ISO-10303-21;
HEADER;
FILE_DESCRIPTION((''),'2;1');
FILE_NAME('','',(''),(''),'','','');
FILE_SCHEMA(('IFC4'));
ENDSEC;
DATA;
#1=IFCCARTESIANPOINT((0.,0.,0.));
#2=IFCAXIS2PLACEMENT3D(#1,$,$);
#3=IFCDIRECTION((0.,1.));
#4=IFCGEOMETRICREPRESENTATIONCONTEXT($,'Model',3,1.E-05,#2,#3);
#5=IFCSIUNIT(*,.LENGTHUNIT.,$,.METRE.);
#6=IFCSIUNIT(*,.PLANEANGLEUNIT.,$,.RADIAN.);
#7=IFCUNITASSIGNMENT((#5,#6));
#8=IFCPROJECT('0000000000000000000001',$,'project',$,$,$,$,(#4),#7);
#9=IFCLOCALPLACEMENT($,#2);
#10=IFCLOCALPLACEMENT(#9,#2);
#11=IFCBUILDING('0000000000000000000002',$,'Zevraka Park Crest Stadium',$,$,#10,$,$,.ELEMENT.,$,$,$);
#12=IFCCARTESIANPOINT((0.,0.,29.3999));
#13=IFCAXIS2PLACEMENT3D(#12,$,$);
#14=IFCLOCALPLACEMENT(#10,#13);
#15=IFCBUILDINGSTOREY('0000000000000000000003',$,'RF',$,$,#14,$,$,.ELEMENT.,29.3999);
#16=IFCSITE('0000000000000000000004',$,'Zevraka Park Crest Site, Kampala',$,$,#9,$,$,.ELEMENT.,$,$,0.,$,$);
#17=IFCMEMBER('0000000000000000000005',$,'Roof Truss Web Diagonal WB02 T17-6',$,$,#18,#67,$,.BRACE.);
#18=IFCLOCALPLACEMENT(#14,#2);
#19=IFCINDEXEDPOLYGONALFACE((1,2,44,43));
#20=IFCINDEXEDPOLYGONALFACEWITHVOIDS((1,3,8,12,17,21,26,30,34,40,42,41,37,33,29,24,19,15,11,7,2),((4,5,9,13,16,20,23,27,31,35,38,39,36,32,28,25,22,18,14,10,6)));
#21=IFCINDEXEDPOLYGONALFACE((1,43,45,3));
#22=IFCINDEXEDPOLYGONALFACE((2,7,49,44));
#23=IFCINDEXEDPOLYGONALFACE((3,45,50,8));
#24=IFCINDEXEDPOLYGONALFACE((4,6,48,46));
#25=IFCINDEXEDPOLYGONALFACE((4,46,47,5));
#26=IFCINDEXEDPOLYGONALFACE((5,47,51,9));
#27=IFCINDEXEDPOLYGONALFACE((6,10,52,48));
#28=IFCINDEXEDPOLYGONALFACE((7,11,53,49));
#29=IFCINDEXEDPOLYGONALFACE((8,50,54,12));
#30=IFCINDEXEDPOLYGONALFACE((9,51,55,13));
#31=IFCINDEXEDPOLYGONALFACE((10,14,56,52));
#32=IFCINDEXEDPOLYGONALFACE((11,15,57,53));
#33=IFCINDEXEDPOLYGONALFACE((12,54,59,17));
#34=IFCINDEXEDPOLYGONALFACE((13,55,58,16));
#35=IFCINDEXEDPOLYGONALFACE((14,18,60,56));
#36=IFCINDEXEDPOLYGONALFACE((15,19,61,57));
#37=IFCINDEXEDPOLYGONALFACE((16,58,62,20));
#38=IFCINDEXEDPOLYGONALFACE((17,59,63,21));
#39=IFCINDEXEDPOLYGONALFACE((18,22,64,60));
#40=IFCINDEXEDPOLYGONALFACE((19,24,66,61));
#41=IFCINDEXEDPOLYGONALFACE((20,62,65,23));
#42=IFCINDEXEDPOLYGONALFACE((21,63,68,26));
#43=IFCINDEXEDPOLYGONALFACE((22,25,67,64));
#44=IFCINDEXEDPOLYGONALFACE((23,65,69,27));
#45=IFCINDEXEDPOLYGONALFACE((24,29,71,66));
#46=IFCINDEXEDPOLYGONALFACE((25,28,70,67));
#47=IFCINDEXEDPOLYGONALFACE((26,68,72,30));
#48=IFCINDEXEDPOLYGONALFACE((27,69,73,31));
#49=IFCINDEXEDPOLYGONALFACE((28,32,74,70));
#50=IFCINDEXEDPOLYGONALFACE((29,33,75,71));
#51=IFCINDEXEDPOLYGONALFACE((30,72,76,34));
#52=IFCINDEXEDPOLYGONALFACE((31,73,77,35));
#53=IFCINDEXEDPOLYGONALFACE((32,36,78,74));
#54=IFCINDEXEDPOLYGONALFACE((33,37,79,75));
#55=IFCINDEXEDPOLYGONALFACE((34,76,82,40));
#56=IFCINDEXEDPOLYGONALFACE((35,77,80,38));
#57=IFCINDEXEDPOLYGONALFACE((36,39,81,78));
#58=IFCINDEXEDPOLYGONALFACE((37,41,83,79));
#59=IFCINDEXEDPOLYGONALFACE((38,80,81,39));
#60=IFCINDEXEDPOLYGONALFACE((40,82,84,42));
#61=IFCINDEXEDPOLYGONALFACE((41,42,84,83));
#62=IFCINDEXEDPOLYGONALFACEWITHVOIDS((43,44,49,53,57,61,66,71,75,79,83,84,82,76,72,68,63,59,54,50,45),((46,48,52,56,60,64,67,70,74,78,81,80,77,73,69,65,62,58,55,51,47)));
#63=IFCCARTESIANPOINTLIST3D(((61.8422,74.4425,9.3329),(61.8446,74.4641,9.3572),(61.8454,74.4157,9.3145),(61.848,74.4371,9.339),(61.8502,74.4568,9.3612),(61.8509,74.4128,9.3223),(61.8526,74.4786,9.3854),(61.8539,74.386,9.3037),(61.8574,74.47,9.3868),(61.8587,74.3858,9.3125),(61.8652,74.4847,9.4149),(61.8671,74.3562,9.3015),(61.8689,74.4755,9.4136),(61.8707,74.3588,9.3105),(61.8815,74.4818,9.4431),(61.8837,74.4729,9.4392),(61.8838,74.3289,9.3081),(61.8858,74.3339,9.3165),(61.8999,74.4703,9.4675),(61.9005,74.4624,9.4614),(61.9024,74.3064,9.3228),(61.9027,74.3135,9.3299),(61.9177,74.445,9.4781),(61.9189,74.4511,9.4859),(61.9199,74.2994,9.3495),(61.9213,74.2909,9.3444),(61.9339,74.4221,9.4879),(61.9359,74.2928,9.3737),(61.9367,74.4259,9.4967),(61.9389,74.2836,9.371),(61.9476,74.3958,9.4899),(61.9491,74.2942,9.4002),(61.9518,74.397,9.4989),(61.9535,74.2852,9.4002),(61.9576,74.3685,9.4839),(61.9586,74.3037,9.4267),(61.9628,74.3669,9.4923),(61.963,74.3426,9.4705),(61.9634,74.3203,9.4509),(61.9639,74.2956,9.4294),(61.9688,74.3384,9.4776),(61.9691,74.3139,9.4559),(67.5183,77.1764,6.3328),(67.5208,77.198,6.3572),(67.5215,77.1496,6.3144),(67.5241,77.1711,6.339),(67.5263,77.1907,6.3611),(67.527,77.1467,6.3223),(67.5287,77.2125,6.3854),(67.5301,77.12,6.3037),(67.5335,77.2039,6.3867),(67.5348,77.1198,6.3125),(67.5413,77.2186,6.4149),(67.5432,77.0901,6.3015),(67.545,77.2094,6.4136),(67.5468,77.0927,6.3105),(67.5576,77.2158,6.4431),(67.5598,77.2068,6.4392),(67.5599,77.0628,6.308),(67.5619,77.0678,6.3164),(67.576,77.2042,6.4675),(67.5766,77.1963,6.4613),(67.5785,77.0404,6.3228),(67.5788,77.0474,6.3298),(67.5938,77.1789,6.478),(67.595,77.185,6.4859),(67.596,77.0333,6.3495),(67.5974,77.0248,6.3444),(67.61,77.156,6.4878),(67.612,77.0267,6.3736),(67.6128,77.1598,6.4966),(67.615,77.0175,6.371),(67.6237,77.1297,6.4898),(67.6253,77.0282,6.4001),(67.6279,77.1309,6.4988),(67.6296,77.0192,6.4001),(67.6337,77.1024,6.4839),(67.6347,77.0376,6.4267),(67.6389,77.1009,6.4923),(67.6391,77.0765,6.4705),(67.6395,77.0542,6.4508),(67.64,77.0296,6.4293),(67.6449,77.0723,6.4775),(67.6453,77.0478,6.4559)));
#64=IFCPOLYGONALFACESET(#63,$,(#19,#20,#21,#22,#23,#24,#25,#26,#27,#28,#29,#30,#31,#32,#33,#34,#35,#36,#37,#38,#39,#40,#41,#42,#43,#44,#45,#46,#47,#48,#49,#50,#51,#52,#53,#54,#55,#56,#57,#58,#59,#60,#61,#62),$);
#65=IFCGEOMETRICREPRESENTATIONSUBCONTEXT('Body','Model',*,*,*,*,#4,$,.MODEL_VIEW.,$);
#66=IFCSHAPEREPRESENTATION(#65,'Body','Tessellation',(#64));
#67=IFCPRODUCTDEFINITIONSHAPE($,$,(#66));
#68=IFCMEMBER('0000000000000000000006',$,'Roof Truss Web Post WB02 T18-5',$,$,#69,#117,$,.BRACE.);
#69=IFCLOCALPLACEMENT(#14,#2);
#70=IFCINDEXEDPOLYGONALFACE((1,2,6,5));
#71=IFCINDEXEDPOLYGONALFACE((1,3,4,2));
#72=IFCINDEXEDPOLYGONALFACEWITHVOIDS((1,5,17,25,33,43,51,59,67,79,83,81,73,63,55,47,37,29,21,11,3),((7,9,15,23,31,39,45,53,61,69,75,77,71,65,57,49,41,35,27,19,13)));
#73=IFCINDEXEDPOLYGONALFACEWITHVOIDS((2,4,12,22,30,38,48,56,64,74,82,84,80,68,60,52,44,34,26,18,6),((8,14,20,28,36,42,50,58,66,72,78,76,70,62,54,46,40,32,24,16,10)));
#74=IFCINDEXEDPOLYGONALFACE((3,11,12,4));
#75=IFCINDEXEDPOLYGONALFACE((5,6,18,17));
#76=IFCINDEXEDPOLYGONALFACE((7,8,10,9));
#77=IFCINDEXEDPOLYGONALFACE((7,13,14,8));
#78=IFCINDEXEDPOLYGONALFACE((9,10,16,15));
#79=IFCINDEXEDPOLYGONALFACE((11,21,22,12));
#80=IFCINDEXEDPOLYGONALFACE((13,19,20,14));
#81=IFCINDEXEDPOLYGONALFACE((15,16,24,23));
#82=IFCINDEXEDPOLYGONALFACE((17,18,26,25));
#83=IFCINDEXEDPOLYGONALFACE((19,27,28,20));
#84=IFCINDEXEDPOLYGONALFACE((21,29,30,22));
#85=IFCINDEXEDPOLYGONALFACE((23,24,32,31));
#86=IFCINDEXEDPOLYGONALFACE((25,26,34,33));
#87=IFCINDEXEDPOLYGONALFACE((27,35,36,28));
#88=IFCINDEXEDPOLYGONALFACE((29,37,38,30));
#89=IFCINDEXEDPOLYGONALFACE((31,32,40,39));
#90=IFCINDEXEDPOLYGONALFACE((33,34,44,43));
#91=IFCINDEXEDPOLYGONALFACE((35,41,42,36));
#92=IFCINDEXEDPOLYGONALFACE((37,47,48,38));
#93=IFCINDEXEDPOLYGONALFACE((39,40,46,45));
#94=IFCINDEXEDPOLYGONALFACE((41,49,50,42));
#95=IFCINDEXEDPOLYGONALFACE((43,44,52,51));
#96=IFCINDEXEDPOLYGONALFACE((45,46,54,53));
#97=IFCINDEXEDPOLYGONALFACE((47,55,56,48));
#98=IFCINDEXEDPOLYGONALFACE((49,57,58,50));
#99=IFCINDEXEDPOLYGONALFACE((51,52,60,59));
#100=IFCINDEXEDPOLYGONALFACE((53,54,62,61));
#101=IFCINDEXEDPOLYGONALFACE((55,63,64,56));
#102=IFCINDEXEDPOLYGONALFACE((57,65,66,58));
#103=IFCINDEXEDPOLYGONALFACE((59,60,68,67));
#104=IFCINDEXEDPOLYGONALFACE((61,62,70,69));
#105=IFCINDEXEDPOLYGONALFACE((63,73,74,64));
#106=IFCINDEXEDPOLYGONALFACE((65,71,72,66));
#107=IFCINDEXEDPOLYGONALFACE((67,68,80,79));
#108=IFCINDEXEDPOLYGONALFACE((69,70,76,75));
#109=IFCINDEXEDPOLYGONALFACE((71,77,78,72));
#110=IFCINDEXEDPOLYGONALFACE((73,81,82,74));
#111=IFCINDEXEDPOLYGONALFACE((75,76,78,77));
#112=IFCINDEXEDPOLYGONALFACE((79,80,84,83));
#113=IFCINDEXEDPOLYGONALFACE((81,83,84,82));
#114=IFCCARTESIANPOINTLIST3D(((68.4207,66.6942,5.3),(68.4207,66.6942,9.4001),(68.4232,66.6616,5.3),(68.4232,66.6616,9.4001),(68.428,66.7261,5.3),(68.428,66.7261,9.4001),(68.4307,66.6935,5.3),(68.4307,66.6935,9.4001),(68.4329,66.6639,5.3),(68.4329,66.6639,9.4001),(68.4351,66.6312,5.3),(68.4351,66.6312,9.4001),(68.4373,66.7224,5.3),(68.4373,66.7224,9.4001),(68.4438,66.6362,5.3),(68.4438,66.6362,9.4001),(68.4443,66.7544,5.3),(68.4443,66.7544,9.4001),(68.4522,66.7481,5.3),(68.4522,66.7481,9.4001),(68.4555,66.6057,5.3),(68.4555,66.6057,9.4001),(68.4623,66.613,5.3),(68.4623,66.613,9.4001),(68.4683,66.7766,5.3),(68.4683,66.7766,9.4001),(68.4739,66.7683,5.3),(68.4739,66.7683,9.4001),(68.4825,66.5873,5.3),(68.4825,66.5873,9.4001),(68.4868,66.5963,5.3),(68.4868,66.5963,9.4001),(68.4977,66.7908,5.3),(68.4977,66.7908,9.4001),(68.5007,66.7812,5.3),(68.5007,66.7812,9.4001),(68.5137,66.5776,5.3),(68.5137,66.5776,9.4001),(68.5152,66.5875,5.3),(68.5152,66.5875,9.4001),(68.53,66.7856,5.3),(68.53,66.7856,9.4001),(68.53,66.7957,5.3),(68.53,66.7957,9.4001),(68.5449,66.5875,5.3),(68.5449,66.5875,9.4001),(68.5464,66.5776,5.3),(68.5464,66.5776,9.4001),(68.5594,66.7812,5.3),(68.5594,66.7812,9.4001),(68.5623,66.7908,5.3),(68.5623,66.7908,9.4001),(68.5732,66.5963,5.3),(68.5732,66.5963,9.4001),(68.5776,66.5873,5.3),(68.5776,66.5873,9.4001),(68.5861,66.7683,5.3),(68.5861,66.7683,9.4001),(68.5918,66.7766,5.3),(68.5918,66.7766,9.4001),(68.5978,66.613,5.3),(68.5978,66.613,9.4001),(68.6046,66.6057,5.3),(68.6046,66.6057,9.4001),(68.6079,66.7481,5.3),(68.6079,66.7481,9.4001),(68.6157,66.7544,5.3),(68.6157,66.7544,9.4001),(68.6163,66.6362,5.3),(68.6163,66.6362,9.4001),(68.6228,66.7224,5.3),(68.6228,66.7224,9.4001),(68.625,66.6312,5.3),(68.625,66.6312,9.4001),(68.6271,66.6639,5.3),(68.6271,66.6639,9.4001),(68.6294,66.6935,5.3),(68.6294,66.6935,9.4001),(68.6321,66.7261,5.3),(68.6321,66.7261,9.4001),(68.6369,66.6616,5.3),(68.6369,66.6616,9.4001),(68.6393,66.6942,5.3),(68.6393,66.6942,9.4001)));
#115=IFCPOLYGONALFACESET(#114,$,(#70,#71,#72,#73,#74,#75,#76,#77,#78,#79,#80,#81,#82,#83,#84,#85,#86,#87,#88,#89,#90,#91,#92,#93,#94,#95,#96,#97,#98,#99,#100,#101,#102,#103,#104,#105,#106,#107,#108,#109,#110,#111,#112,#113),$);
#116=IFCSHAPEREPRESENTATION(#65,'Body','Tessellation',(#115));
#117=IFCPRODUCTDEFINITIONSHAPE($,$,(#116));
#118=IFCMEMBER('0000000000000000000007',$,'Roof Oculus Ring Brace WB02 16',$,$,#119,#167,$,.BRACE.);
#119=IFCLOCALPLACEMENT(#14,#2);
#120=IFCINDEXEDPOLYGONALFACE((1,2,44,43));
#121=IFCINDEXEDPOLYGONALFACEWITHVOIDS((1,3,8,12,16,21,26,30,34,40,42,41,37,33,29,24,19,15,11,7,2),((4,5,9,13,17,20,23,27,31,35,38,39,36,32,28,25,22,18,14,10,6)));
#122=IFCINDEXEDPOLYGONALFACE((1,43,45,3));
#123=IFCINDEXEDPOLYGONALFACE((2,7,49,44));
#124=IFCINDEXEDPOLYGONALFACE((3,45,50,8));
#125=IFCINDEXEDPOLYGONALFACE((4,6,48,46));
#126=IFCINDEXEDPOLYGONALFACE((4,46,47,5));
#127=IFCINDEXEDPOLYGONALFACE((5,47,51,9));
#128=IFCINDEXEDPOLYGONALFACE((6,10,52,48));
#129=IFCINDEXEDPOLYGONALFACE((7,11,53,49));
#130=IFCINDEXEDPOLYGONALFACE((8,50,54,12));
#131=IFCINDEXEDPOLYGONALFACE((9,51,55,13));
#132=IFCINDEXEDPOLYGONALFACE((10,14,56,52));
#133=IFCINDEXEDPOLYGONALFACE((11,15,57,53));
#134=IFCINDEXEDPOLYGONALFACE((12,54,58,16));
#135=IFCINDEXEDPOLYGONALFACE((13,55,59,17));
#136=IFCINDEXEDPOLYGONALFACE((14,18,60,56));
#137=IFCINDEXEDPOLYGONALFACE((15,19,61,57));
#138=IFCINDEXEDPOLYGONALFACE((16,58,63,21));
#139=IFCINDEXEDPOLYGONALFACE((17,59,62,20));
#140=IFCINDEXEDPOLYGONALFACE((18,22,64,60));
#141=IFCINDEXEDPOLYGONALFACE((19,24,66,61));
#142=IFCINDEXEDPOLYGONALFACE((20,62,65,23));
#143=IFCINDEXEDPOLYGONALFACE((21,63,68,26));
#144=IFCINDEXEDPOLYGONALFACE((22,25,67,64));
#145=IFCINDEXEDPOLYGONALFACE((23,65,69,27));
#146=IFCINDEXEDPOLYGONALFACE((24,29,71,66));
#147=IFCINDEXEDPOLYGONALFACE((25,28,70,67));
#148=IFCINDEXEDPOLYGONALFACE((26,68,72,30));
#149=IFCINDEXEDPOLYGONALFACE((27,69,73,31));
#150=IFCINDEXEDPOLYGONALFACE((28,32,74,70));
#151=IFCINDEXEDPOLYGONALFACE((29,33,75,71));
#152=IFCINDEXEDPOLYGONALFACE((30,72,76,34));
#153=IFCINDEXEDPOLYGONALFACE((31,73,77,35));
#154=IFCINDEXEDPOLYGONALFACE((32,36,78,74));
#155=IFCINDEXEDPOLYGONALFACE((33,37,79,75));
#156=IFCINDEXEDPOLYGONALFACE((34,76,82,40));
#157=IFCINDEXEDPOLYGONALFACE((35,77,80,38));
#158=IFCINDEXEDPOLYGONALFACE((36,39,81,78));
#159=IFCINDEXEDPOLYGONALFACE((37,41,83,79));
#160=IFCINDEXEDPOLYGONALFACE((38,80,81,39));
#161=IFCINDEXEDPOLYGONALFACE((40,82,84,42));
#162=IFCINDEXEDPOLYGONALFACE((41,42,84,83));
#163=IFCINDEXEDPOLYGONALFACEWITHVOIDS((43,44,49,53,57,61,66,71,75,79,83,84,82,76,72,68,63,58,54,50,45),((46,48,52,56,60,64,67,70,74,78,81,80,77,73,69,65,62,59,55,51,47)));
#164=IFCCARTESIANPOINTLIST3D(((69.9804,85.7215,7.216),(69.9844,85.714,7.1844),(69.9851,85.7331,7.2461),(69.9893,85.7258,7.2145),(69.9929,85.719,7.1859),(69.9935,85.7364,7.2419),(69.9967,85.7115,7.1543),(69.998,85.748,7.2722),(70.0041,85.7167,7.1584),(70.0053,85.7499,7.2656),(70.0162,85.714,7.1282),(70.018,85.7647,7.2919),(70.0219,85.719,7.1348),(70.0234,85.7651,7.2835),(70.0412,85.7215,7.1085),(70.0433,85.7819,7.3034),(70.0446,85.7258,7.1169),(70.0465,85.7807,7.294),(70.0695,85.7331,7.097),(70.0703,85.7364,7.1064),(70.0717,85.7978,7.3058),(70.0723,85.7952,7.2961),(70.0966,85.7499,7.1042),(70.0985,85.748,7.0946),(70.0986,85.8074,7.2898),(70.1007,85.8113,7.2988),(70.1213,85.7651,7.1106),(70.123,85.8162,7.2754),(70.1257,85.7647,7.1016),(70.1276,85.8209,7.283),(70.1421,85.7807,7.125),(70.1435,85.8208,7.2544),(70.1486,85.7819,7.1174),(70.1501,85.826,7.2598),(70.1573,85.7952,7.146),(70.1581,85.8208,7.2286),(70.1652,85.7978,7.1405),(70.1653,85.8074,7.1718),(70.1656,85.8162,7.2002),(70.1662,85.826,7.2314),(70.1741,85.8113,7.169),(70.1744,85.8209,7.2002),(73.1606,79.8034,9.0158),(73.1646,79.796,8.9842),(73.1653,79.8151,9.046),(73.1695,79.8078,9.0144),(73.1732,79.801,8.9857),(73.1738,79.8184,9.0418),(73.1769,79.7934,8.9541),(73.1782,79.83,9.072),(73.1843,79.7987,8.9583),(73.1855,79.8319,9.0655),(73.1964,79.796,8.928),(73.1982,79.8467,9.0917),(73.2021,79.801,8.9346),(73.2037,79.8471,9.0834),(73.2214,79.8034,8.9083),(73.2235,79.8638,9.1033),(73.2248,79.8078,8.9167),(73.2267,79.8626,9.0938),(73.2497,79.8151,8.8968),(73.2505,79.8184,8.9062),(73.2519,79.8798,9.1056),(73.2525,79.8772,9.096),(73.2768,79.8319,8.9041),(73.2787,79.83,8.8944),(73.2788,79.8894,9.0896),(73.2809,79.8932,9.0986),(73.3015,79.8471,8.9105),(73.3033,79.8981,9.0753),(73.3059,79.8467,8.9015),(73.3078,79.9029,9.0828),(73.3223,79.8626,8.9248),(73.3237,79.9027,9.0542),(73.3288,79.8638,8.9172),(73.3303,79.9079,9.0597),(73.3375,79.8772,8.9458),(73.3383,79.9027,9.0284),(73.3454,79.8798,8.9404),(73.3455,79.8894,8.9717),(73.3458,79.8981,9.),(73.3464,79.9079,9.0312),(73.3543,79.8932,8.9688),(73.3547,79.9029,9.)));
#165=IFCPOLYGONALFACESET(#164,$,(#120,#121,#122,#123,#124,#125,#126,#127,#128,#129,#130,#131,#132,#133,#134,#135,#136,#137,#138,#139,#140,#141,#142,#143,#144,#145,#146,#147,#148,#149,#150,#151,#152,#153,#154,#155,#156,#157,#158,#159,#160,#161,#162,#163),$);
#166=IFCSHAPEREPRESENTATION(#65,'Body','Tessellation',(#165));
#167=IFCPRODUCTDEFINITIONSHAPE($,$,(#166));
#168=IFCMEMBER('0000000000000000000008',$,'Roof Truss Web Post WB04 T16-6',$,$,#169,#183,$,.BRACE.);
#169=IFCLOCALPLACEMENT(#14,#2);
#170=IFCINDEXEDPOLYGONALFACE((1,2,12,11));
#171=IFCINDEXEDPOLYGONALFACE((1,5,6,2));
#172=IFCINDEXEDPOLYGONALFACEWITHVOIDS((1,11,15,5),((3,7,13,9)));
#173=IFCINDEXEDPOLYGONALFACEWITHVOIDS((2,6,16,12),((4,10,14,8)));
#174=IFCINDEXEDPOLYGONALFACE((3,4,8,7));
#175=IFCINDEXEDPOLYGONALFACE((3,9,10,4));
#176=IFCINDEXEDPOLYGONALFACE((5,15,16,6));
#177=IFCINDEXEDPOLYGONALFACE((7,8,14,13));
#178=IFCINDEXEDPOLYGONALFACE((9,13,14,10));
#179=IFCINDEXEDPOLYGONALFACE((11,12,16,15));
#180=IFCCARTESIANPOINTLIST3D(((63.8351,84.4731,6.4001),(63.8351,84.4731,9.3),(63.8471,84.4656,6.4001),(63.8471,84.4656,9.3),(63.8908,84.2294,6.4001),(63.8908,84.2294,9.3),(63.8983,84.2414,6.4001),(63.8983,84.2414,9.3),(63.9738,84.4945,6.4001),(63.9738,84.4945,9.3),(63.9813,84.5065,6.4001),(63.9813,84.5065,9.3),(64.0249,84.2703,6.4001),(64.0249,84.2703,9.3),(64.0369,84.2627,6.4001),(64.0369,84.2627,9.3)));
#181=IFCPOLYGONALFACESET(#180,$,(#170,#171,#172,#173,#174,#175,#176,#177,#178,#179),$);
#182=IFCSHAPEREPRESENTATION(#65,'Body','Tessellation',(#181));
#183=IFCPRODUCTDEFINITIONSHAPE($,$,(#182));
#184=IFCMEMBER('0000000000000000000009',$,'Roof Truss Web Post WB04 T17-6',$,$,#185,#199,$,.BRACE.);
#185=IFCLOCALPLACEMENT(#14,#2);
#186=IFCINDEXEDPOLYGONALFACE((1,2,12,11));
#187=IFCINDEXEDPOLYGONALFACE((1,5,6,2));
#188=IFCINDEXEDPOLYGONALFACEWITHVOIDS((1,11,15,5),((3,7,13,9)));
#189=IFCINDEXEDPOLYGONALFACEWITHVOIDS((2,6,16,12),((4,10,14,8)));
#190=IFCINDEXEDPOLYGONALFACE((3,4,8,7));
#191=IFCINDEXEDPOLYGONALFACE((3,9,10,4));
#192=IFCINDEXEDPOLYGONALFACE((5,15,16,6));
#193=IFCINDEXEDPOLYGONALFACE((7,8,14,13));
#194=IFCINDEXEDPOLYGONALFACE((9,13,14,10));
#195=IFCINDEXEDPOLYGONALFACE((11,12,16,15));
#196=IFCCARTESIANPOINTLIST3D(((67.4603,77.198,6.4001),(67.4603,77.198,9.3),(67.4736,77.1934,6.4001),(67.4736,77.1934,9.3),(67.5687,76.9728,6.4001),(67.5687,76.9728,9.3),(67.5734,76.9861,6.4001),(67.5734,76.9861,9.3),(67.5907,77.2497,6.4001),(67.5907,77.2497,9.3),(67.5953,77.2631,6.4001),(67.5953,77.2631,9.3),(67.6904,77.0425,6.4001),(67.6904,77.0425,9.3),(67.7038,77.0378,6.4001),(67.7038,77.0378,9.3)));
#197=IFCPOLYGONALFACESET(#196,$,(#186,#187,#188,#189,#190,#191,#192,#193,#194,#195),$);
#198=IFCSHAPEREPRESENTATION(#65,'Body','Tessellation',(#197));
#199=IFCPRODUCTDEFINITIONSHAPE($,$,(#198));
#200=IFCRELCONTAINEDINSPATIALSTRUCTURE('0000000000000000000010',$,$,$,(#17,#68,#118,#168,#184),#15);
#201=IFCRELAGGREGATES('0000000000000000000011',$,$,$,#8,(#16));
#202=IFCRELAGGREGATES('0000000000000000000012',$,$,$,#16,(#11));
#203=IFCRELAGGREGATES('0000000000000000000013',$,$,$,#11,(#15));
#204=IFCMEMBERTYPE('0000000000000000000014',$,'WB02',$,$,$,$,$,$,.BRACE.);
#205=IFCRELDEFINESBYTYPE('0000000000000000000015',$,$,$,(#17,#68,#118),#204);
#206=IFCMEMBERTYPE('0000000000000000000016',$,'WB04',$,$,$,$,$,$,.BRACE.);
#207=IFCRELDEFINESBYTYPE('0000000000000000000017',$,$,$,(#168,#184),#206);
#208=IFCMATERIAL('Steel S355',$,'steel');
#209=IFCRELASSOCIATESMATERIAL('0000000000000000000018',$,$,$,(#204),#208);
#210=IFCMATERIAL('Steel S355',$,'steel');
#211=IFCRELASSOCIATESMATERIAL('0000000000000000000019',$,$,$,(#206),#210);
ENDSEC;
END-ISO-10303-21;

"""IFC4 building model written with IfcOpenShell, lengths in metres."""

from ifc_helpers import new_model, si_unit, direction, frame, origin, origin_2d, place, context, subcontext, project, spatial, hollow_rectangle, hollow_circle, extrude, material, material_profile, profile_set, type_object, element, save


model = new_model("IFC4")

# Units and contexts
model_context = context("Model", 3, precision=1e-05, world=origin(), true_north=direction((0.0, 1.0)))
body_context = subcontext(model_context, "Body", "Model", "MODEL_VIEW")
ifc_project = project(units=[si_unit("LENGTHUNIT", "METRE"), si_unit("PLANEANGLEUNIT", "RADIAN")], contexts=[model_context])

# Site, building, storey
site_placement = place(None, origin())
site = spatial("IfcSite", under=ifc_project, at=site_placement, Name="Zevraka Park Crest Site, Kampala", CompositionType="ELEMENT", RefElevation=0.0)
building_placement = place(site_placement, origin())
building = spatial("IfcBuilding", under=site, at=building_placement, Name="Zevraka Park Crest Stadium", CompositionType="ELEMENT")
storey_placement = place(building_placement, frame((0.0, 0.0, 29.3999)))
storey = spatial("IfcBuildingStorey", under=building, at=storey_placement, Name="RF", CompositionType="ELEMENT", Elevation=29.3999)

# Members
ifc_material_1 = material(Name="Steel S355", Category="steel")
ifc_material_profile_1 = material_profile(ifc_material_1, hollow_circle(Radius=0.1096, WallThickness=0.01, at=origin_2d()), Name="CHS 219.1x10")
ifc_profile_set_1 = profile_set([ifc_material_profile_1], Name="Steel S355")
member_type_1 = type_object("IfcMemberType", Name="WB02", PredefinedType="BRACE", material=ifc_profile_set_1)
member_1_placement = place(storey_placement, frame((67.582, 77.1179, 6.4001), z_axis=(-0.813426, -0.391791, 0.429927), x_axis=(0.433943, -0.900941, 0.0)))
element("IfcMember", 1, at=member_1_placement, inside=storey, type_object=member_type_1, Name="Roof Truss Web Diagonal WB02 T17-6", PredefinedType="BRACE", context=body_context, shape_type="SweptSolid", body=[
    extrude(hollow_circle(Radius=0.1096, WallThickness=0.01, at=origin_2d()), origin(), (0.0, 0.0, 1.0), 6.978),
])
member_2_placement = place(storey_placement, frame((68.53, 66.686, 5.3), z_axis=(0.0, 0.0, 1.0), x_axis=(0.781847, 0.62347, 0.0)))
element("IfcMember", 2, at=member_2_placement, inside=storey, type_object=member_type_1, Name="Roof Truss Web Post WB02 T18-5", PredefinedType="BRACE", context=body_context, shape_type="SweptSolid", body=[
    extrude(hollow_circle(Radius=0.1096, WallThickness=0.01, at=origin_2d()), origin(), (0.0, 0.0, 1.0), 4.1001),
])
member_3_placement = place(storey_placement, frame((70.0779, 85.769, 7.2002), z_axis=(0.457235, -0.850866, 0.25877), x_axis=(0.88087, 0.473359, 0.0)))
element("IfcMember", 3, at=member_3_placement, inside=storey, type_object=member_type_1, Name="Roof Oculus Ring Brace WB02 16", PredefinedType="BRACE", context=body_context, shape_type="SweptSolid", body=[
    extrude(hollow_circle(Radius=0.1096, WallThickness=0.01, at=origin_2d()), origin(), (0.0, 0.0, 1.0), 6.9553),
])
ifc_material_2 = material(Name="Steel S355", Category="steel")
ifc_material_profile_2 = material_profile(ifc_material_2, hollow_rectangle(XDim=0.1499, YDim=0.25, WallThickness=0.01, at=origin_2d()), Name="RHS 250x150x10")
ifc_profile_set_2 = profile_set([ifc_material_profile_2], Name="Steel S355")
member_type_2 = type_object("IfcMemberType", Name="WB04", PredefinedType="BRACE", material=ifc_profile_set_2)
for number, where, z_axis, x_axis, name in (
    (4, (63.936, 84.3679, 6.4001), (0.0, 0.0, 1.0), (0.974917, 0.22257, 0.0), "Roof Truss Web Post WB04 T16-6"),
    (5, (67.582, 77.1179, 6.4001), (0.0, 0.0, 1.0), (0.901001, 0.433816, 0.0), "Roof Truss Web Post WB04 T17-6"),
):
    element("IfcMember", number, at=place(storey_placement, frame(where, z_axis=z_axis, x_axis=x_axis)), inside=storey, type_object=member_type_2, Name=name, PredefinedType="BRACE", context=body_context, shape_type="SweptSolid", body=[
        extrude(hollow_rectangle(XDim=0.1499, YDim=0.25, WallThickness=0.01, at=origin_2d()), origin(), (0.0, 0.0, 1.0), 2.8999),
    ])

save(model, "model.ifc")
